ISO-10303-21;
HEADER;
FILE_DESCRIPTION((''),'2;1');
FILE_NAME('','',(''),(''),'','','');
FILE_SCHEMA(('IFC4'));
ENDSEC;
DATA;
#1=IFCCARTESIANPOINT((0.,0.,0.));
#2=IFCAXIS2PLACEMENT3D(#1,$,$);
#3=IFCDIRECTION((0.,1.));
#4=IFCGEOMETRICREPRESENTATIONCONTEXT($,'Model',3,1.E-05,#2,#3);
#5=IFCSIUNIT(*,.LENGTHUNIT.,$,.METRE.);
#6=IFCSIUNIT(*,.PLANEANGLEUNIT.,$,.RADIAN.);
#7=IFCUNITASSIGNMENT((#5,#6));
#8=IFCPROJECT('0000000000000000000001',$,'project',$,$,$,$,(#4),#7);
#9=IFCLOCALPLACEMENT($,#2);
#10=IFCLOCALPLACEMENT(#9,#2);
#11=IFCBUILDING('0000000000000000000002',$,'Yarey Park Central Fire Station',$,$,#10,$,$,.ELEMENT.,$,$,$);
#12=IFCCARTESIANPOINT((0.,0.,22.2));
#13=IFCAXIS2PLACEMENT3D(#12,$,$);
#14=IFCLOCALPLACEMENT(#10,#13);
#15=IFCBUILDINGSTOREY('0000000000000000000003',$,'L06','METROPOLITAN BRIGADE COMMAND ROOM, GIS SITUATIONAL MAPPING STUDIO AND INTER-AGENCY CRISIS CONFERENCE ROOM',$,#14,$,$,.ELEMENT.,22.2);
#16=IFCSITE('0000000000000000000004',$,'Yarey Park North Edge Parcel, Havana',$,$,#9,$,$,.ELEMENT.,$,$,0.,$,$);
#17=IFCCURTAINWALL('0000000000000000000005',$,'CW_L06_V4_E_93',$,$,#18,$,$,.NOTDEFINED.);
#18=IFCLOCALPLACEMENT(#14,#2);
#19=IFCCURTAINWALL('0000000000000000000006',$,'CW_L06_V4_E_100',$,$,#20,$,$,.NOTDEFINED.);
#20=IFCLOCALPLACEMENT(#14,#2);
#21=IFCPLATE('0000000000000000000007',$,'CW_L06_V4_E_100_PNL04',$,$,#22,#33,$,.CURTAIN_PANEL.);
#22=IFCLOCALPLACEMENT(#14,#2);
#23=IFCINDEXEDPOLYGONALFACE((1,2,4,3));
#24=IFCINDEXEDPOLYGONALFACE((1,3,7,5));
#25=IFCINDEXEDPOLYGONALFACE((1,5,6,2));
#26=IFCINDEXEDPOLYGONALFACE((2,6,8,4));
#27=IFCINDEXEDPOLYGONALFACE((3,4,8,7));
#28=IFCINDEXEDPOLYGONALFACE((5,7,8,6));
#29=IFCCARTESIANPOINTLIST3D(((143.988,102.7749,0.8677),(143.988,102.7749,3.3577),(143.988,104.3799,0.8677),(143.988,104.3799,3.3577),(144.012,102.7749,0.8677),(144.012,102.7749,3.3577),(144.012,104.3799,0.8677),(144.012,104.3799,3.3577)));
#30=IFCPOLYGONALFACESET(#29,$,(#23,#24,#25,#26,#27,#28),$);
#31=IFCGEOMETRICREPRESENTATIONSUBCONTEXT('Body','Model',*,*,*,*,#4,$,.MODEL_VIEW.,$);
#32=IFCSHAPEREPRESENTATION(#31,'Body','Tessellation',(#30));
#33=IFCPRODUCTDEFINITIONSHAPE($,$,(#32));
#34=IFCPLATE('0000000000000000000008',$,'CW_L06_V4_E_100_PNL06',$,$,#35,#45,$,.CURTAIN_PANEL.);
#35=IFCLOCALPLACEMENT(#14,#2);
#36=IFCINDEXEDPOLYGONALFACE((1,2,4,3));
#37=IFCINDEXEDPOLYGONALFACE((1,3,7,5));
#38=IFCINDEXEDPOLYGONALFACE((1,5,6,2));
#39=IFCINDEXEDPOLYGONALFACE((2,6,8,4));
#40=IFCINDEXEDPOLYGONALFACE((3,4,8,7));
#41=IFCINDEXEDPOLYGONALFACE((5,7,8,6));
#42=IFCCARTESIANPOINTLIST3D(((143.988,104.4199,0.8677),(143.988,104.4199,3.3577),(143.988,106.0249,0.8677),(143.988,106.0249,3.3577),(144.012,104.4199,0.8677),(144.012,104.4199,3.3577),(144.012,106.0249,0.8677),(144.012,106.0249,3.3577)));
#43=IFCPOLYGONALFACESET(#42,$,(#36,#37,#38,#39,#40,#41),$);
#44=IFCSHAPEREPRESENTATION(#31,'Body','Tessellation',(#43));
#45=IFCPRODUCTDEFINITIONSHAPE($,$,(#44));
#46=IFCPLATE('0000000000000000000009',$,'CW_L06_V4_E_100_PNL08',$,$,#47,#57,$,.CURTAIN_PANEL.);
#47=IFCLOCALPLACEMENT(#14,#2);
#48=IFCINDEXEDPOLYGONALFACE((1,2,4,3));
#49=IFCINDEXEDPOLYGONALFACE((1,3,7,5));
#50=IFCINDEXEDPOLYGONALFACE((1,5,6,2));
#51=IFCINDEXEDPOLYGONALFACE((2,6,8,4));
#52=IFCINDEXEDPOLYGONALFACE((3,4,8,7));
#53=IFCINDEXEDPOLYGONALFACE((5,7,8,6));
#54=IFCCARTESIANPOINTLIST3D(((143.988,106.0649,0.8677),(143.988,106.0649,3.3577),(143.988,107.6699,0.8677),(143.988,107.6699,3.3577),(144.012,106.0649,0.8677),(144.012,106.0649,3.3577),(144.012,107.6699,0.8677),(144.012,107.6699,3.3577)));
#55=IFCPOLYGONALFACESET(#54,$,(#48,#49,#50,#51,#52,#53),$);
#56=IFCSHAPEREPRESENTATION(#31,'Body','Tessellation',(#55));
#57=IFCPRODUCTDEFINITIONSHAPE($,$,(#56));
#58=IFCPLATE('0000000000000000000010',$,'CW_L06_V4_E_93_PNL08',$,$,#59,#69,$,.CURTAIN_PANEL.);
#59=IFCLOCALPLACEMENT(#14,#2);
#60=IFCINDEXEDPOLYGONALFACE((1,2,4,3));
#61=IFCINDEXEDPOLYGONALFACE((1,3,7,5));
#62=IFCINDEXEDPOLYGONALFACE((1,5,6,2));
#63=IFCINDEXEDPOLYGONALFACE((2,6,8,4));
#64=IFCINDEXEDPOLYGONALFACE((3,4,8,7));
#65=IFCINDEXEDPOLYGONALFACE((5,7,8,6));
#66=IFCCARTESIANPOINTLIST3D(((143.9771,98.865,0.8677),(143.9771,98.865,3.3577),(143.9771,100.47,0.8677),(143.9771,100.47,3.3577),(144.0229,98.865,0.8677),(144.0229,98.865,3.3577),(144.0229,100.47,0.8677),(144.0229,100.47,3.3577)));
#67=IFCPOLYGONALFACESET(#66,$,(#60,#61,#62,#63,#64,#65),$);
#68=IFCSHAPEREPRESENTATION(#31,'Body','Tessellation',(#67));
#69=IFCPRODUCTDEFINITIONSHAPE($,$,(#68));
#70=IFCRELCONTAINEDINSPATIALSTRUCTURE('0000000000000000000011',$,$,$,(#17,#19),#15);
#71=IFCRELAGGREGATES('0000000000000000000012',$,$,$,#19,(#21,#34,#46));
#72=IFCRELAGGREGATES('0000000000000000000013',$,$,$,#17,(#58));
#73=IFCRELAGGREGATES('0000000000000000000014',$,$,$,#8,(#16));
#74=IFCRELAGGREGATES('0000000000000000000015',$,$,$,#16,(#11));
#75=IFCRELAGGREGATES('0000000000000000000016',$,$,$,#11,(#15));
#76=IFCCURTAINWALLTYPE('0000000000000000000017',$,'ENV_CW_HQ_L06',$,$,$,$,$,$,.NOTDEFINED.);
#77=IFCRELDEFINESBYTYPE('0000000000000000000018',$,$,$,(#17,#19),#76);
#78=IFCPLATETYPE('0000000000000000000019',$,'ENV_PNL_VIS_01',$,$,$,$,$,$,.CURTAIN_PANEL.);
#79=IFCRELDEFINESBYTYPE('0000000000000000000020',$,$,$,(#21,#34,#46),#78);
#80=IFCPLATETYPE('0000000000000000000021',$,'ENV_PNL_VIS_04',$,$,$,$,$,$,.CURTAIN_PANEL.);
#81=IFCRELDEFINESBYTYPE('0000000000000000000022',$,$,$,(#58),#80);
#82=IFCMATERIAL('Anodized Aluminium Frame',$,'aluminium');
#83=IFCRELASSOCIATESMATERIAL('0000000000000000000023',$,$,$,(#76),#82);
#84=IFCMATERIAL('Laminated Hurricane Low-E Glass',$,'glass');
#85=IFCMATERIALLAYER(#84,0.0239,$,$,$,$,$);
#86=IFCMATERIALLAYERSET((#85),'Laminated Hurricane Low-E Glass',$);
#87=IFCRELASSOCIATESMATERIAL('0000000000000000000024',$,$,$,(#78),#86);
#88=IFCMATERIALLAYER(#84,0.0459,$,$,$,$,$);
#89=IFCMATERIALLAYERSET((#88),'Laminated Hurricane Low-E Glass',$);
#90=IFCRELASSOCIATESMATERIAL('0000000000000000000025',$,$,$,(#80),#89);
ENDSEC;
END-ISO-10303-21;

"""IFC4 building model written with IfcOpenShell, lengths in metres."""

from ifc_helpers import new_model, si_unit, direction, frame, origin, origin_2d, place, context, subcontext, project, spatial, rectangle, extrude, material, layer, layer_set, type_object, element, aggregate, save


model = new_model("IFC4")

# Units and contexts
model_context = context("Model", 3, precision=1e-05, world=origin(), true_north=direction((0.0, 1.0)))
body_context = subcontext(model_context, "Body", "Model", "MODEL_VIEW")
ifc_project = project(units=[si_unit("LENGTHUNIT", "METRE"), si_unit("PLANEANGLEUNIT", "RADIAN")], contexts=[model_context])

# Site, building, storey
site_placement = place(None, origin())
site = spatial("IfcSite", under=ifc_project, at=site_placement, Name="Yarey Park North Edge Parcel, Havana", CompositionType="ELEMENT", RefElevation=0.0)
building_placement = place(site_placement, origin())
building = spatial("IfcBuilding", under=site, at=building_placement, Name="Yarey Park Central Fire Station", CompositionType="ELEMENT")
storey_placement = place(building_placement, frame((0.0, 0.0, 22.2)))
storey = spatial("IfcBuildingStorey", under=building, at=storey_placement, Name="L06", Description="METROPOLITAN BRIGADE COMMAND ROOM, GIS SITUATIONAL MAPPING STUDIO AND INTER-AGENCY CRISIS CONFERENCE ROOM", CompositionType="ELEMENT", Elevation=22.2)

# Curtain walls
ifc_material_1 = material(Name="Anodized Aluminium Frame", Category="aluminium")
curtain_wall_type = type_object("IfcCurtainWallType", Name="ENV_CW_HQ_L06", PredefinedType="NOTDEFINED", material=ifc_material_1)
curtain_wall_1_placement = place(storey_placement, origin())
curtain_wall_1 = element("IfcCurtainWall", 1, at=curtain_wall_1_placement, inside=storey, type_object=curtain_wall_type, Name="CW_L06_V4_E_93", PredefinedType="NOTDEFINED")
curtain_wall_2_placement = place(storey_placement, origin())
curtain_wall_2 = element("IfcCurtainWall", 2, at=curtain_wall_2_placement, inside=storey, type_object=curtain_wall_type, Name="CW_L06_V4_E_100", PredefinedType="NOTDEFINED")

# Plates
ifc_material_2 = material(Name="Laminated Hurricane Low-E Glass", Category="glass")
ifc_layer_1 = layer(ifc_material_2, 0.0239)
ifc_layer_set_1 = layer_set([ifc_layer_1], Name="Laminated Hurricane Low-E Glass")
plate_type_1 = type_object("IfcPlateType", Name="ENV_PNL_VIS_01", PredefinedType="CURTAIN_PANEL", material=ifc_layer_set_1)
plate_1_placement = place(storey_placement, frame((144.0, 103.5774, 0.8677), z_axis=(0.0, 0.0, 1.0), x_axis=(0.0, 1.0, 0.0)))
plate_1 = element("IfcPlate", 3, at=plate_1_placement, type_object=plate_type_1, Name="CW_L06_V4_E_100_PNL04", PredefinedType="CURTAIN_PANEL", context=body_context, shape_type="SweptSolid", body=[
    extrude(rectangle(XDim=1.605, YDim=0.0239, at=origin_2d()), origin(), (0.0, 0.0, 1.0), 2.49),
])
plate_2_placement = place(storey_placement, frame((144.0, 105.2224, 0.8677), z_axis=(0.0, 0.0, 1.0), x_axis=(0.0, 1.0, 0.0)))
plate_2 = element("IfcPlate", 4, at=plate_2_placement, type_object=plate_type_1, Name="CW_L06_V4_E_100_PNL06", PredefinedType="CURTAIN_PANEL", context=body_context, shape_type="SweptSolid", body=[
    extrude(rectangle(XDim=1.605, YDim=0.0239, at=origin_2d()), origin(), (0.0, 0.0, 1.0), 2.49),
])
plate_3_placement = place(storey_placement, frame((144.0, 106.8674, 0.8677), z_axis=(0.0, 0.0, 1.0), x_axis=(0.0, 1.0, 0.0)))
plate_3 = element("IfcPlate", 5, at=plate_3_placement, type_object=plate_type_1, Name="CW_L06_V4_E_100_PNL08", PredefinedType="CURTAIN_PANEL", context=body_context, shape_type="SweptSolid", body=[
    extrude(rectangle(XDim=1.605, YDim=0.0239, at=origin_2d()), origin(), (0.0, 0.0, 1.0), 2.49),
])
aggregate(curtain_wall_2, [plate_1, plate_2, plate_3])
ifc_layer_2 = layer(ifc_material_2, 0.0459)
ifc_layer_set_2 = layer_set([ifc_layer_2], Name="Laminated Hurricane Low-E Glass")
plate_type_2 = type_object("IfcPlateType", Name="ENV_PNL_VIS_04", PredefinedType="CURTAIN_PANEL", material=ifc_layer_set_2)
plate_4_placement = place(storey_placement, frame((144.0, 99.6675, 0.8677), z_axis=(0.0, 0.0, 1.0), x_axis=(0.0, 1.0, 0.0)))
plate_4 = element("IfcPlate", 6, at=plate_4_placement, type_object=plate_type_2, Name="CW_L06_V4_E_93_PNL08", PredefinedType="CURTAIN_PANEL", context=body_context, shape_type="SweptSolid", body=[
    extrude(rectangle(XDim=1.605, YDim=0.0459, at=origin_2d()), origin(), (0.0, 0.0, 1.0), 2.49),
])
aggregate(curtain_wall_1, [plate_4])

save(model, "model.ifc")
